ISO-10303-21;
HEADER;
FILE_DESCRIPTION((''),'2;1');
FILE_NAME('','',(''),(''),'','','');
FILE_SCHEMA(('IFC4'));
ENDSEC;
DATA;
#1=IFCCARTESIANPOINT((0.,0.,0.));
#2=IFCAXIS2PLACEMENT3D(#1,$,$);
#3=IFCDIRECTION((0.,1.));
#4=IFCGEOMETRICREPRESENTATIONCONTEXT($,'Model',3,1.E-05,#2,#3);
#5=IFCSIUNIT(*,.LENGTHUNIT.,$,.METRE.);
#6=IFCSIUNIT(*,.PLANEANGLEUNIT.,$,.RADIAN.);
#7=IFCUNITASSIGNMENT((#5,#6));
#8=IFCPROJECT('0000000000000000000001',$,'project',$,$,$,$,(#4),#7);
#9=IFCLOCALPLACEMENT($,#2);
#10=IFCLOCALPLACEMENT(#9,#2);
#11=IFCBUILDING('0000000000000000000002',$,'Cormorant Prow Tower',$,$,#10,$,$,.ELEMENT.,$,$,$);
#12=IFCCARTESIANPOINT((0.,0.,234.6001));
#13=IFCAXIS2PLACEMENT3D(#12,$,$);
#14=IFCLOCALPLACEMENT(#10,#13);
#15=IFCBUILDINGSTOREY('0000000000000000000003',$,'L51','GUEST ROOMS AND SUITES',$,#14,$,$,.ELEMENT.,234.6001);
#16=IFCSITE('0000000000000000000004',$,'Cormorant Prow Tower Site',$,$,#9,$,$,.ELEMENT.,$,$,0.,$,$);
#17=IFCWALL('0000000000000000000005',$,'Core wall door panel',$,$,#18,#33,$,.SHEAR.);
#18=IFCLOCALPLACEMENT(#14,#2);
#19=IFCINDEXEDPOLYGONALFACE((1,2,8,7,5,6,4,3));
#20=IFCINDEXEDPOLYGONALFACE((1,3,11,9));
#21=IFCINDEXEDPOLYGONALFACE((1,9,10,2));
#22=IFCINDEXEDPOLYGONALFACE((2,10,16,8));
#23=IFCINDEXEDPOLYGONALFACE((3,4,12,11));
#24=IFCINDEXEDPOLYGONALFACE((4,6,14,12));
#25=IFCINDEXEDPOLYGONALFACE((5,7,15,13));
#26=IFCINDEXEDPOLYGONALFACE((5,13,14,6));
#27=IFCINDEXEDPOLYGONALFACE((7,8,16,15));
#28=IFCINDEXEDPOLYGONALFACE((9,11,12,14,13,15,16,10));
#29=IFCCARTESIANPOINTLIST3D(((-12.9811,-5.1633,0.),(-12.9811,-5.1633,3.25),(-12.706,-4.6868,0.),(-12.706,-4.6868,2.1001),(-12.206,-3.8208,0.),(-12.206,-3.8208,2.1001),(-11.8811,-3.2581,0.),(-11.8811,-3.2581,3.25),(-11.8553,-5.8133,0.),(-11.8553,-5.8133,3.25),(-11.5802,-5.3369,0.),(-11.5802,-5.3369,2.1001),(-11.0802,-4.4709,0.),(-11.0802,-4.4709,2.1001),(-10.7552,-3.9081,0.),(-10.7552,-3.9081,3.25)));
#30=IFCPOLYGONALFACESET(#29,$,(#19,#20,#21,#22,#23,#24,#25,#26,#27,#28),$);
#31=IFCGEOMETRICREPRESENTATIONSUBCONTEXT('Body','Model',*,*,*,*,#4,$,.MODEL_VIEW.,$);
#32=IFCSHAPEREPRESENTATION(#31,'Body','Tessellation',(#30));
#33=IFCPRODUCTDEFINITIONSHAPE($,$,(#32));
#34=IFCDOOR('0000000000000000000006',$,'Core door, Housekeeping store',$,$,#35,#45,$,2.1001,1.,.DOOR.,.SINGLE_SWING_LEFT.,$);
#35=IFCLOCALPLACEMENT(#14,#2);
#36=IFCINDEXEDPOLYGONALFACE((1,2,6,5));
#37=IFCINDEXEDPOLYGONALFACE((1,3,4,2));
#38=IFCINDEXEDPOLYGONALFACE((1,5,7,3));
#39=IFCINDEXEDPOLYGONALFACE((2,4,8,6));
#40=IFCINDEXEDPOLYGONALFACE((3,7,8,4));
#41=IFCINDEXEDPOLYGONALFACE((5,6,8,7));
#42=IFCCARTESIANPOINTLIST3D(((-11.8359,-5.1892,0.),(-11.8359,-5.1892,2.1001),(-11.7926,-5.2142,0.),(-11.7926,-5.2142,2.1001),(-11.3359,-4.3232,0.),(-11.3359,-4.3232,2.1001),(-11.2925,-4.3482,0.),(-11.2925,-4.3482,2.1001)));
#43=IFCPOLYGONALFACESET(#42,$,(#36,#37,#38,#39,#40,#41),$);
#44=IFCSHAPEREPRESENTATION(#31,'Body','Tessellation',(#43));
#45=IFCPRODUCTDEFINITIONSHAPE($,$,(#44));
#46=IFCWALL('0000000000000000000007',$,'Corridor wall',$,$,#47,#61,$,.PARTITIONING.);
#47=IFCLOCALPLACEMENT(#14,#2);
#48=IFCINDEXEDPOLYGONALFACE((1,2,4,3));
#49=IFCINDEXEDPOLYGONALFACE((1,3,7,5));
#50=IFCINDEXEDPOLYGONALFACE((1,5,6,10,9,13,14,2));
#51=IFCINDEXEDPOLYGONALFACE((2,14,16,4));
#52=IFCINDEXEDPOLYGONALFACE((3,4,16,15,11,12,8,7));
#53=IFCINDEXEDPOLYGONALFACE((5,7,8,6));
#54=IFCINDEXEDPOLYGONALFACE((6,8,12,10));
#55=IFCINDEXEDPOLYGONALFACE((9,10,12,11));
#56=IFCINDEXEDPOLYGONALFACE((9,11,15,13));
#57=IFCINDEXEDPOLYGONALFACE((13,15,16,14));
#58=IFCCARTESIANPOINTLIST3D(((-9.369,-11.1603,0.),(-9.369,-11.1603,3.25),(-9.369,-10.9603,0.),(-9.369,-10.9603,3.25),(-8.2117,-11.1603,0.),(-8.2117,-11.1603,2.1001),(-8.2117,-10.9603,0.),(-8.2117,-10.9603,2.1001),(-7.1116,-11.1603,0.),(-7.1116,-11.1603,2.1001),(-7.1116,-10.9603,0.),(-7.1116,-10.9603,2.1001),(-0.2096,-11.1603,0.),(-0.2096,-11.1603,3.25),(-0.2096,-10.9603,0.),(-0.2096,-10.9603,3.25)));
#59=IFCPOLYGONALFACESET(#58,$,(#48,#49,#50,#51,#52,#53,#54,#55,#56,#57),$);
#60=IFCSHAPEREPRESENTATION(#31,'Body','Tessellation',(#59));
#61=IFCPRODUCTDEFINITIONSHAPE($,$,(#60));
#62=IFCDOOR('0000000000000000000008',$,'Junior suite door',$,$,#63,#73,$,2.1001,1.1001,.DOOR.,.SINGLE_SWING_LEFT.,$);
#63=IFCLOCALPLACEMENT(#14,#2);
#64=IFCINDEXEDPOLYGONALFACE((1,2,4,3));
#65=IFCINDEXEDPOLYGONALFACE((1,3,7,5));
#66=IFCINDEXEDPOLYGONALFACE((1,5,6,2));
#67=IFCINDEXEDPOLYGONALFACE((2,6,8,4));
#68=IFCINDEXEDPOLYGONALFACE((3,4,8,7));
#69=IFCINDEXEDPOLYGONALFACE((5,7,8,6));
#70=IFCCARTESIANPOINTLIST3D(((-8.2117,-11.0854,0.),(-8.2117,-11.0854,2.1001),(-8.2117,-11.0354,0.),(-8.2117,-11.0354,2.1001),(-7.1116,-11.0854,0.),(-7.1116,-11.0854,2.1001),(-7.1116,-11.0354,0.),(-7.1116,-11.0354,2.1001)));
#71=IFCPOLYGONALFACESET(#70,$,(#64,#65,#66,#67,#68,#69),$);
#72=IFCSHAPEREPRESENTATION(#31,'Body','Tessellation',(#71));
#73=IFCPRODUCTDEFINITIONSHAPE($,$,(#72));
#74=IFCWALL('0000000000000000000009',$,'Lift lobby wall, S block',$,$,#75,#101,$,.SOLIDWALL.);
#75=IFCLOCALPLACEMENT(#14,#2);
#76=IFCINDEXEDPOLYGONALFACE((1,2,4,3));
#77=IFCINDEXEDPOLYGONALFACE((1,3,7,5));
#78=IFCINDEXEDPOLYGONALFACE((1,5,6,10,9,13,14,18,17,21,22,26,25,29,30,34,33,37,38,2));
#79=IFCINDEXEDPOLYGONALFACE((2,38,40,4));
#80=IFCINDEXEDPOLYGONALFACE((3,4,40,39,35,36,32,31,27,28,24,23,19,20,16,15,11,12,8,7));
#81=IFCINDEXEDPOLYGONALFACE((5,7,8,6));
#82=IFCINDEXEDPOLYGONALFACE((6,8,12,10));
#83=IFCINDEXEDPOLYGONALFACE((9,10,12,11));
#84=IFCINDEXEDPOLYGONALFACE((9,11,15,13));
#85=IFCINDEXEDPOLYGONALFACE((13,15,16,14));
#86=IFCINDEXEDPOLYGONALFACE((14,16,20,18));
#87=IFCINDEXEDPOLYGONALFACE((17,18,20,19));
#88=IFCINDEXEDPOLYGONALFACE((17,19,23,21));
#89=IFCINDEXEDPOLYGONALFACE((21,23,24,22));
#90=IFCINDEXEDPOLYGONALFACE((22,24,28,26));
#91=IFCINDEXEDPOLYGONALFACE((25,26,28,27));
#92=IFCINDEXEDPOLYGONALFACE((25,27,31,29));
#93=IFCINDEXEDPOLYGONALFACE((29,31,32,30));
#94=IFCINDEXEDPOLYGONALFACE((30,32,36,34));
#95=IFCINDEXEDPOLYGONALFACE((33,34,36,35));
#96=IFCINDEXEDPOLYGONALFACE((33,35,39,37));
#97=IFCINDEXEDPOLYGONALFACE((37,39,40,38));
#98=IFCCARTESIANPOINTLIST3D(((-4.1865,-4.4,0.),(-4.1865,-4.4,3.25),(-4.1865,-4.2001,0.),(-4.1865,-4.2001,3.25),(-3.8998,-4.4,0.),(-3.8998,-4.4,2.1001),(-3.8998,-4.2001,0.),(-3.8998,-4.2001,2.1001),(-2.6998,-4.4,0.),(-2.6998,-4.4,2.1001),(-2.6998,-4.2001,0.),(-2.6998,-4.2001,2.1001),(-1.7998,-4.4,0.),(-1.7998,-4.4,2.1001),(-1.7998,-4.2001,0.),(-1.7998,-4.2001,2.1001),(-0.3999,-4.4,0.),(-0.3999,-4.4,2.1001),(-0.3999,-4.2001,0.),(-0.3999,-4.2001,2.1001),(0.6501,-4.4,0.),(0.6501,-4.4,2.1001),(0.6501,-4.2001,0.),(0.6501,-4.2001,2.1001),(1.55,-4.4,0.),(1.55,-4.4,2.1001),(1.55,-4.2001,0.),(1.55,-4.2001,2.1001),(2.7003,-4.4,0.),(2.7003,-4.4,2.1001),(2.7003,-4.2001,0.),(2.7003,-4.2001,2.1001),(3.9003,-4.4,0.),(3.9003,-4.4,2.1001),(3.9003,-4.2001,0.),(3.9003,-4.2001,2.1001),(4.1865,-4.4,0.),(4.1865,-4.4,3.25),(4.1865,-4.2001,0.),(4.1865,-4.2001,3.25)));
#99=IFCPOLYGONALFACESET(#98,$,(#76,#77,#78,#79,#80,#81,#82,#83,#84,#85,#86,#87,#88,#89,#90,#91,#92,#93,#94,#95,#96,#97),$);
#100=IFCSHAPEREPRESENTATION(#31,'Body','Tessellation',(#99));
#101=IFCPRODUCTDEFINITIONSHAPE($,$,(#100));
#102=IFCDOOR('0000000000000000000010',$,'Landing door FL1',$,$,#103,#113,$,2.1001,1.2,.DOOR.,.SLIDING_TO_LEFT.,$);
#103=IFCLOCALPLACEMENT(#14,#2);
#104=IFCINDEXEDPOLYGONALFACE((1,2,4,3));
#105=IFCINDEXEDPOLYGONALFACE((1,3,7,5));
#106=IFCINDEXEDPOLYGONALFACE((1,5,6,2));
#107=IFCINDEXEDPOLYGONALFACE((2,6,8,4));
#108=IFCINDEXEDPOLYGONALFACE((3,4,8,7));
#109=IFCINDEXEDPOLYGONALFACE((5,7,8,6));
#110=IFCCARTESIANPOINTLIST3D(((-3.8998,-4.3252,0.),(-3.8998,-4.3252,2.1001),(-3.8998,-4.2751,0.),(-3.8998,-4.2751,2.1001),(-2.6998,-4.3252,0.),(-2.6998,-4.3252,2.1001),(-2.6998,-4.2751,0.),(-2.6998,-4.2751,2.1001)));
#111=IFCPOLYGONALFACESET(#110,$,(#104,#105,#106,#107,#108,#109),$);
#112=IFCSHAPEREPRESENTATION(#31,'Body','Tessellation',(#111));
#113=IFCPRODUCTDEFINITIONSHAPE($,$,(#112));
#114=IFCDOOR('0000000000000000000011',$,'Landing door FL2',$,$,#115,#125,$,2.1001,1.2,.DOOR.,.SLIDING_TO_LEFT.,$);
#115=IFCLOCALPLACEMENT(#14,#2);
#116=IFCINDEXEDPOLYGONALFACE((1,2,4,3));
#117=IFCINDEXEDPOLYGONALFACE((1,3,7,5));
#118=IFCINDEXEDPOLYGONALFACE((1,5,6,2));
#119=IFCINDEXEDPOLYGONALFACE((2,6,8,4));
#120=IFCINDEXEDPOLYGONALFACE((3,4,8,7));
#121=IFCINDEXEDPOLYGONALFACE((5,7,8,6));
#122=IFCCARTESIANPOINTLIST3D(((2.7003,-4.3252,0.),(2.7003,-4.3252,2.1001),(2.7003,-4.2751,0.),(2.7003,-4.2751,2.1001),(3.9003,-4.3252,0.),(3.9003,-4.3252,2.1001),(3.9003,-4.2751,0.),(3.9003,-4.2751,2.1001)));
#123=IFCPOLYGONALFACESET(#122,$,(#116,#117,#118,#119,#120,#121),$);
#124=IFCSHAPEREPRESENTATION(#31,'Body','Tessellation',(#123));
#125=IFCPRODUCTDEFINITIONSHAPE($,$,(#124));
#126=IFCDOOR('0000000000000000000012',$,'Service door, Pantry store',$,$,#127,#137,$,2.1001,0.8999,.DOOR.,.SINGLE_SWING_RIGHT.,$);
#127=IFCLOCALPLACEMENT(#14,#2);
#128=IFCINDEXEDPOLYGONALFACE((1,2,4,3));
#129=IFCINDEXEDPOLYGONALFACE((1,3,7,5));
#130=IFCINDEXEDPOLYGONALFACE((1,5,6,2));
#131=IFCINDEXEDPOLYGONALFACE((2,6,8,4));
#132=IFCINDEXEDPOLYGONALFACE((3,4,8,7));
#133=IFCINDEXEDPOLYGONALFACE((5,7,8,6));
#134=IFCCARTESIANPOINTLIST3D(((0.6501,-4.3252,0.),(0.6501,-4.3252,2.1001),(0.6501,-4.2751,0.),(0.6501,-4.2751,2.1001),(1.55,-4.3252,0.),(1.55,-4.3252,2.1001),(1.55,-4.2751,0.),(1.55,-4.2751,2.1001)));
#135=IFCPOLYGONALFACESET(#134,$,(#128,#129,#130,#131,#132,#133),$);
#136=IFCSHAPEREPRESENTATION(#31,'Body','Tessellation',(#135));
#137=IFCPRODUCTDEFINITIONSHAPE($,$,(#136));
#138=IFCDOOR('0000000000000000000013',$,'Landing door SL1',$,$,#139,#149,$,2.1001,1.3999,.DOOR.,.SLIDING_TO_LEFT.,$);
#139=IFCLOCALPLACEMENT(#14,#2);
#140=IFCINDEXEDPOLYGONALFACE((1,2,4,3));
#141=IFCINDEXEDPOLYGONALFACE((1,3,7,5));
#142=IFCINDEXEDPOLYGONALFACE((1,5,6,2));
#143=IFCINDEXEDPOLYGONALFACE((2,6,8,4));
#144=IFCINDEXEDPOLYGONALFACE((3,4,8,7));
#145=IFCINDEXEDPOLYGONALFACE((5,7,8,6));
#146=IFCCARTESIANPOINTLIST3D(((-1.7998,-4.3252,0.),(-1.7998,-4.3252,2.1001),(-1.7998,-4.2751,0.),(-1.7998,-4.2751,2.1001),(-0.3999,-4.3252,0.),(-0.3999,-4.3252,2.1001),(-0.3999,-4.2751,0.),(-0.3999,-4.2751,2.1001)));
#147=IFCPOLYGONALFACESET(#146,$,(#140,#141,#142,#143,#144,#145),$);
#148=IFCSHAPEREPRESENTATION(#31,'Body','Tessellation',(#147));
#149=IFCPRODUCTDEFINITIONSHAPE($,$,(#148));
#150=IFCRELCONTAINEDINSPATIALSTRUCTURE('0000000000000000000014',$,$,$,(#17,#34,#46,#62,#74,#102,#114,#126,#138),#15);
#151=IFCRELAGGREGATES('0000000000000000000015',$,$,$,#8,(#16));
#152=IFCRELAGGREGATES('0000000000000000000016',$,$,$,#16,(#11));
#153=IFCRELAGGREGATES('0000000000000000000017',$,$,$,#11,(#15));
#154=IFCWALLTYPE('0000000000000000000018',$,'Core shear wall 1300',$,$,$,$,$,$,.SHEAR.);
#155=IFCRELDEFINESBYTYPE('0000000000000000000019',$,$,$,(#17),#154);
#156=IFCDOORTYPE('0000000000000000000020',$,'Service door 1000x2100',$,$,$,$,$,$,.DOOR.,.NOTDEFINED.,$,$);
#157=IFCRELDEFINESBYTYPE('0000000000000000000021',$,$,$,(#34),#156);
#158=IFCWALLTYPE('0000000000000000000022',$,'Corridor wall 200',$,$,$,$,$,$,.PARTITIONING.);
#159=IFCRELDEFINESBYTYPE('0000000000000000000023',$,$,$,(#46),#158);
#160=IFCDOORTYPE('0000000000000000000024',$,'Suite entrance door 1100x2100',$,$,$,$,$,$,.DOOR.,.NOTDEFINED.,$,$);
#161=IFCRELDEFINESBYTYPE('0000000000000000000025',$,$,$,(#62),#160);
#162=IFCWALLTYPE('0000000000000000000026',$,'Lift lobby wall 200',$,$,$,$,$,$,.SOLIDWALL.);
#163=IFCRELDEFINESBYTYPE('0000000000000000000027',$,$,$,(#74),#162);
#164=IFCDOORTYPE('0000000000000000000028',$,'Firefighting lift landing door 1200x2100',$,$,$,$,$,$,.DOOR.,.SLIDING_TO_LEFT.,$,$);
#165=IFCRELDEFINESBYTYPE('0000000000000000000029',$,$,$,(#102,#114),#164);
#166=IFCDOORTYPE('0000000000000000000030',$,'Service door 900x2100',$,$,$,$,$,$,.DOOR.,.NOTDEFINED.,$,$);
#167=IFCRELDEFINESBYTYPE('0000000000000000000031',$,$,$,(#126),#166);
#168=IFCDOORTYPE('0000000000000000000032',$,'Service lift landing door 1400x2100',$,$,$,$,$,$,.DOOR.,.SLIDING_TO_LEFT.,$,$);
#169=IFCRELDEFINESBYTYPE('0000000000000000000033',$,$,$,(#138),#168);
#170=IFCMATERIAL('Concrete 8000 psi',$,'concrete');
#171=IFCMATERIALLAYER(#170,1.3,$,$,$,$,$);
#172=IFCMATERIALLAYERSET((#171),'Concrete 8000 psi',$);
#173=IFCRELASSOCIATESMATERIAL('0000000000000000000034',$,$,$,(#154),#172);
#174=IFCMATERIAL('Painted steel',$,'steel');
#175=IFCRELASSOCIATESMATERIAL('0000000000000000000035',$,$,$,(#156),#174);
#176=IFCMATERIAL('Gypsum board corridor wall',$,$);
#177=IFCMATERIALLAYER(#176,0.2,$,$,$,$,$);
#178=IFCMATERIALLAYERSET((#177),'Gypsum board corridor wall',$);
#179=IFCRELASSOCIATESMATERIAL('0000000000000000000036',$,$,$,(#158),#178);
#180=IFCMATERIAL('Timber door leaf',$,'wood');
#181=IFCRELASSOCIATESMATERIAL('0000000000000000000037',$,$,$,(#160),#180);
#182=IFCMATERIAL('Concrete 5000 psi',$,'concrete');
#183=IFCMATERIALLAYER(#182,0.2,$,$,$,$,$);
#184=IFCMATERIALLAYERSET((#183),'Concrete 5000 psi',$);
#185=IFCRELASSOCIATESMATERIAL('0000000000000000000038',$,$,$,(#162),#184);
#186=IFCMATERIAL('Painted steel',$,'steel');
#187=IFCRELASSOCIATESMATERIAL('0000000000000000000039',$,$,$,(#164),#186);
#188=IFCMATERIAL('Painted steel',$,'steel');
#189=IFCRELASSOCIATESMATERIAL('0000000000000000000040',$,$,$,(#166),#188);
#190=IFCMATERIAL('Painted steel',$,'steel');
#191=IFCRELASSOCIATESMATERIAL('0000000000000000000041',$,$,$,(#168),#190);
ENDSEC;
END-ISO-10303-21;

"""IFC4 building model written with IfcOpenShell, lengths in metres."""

from ifc_helpers import new_model, si_unit, direction, frame, frame_2d, origin, place, context, subcontext, project, spatial, rectangle, extrude, material, layer, layer_set, type_object, element, fill, save


model = new_model("IFC4")

# Units and contexts
model_context = context("Model", 3, precision=1e-05, world=origin(), true_north=direction((0.0, 1.0)))
body_context = subcontext(model_context, "Body", "Model", "MODEL_VIEW")
ifc_project = project(units=[si_unit("LENGTHUNIT", "METRE"), si_unit("PLANEANGLEUNIT", "RADIAN")], contexts=[model_context])

# Site, building, storey
site_placement = place(None, origin())
site = spatial("IfcSite", under=ifc_project, at=site_placement, Name="Cormorant Prow Tower Site", CompositionType="ELEMENT", RefElevation=0.0)
building_placement = place(site_placement, origin())
building = spatial("IfcBuilding", under=site, at=building_placement, Name="Cormorant Prow Tower", CompositionType="ELEMENT")
storey_placement = place(building_placement, frame((0.0, 0.0, 234.6001)))
storey = spatial("IfcBuildingStorey", under=building, at=storey_placement, Name="L51", Description="GUEST ROOMS AND SUITES", CompositionType="ELEMENT", Elevation=234.6001)

# Shared definitions
ifc_material_1 = material(Name="Concrete 8000 psi", Category="concrete")
ifc_layer_1 = layer(ifc_material_1, 1.3)
ifc_layer_set_1 = layer_set([ifc_layer_1], Name="Concrete 8000 psi")
wall_type_1 = type_object("IfcWallType", Name="Core shear wall 1300", PredefinedType="SHEAR", material=ifc_layer_set_1)

# Walls, openings, doors
wall_1_placement = place(storey_placement, frame((-11.3181, -3.583, 0.0), z_axis=(0.0, 0.0, 1.0), x_axis=(-0.50003, -0.866008, 0.0)))
wall_1 = element("IfcWall", 1, at=wall_1_placement, inside=storey, type_object=wall_type_1, Name="Core wall door panel", PredefinedType="SHEAR", context=body_context, shape_type="SweptSolid", body=[
    extrude(rectangle(XDim=2.2, YDim=1.3, at=frame_2d((1.1001, 0.0))), origin(), (0.0, 0.0, 1.0), 3.25),
])
opening_1_placement = place(wall_1_placement, frame((0.6499, 0.0, 0.0)))
opening_1 = element("IfcOpeningElement", 2, at=opening_1_placement, cuts=wall_1, PredefinedType="OPENING", context=body_context, shape_type="SweptSolid", body=[
    extrude(rectangle(XDim=1.0, YDim=2.1001, at=frame_2d((0.5, 1.05))), frame((0.0, 0.6599, 0.0), z_axis=(0.0, -1.0, 0.0), x_axis=(1.0, 0.0, 0.0)), (0.0, 0.0, 1.0), 1.3201),
])
ifc_material_2 = material(Name="Painted steel", Category="steel")
door_type_1 = type_object("IfcDoorType", Name="Service door 1000x2100", OperationType="NOTDEFINED", PredefinedType="DOOR", material=ifc_material_2)
door_1_placement = place(opening_1_placement, origin())
door_1 = element("IfcDoor", 3, at=door_1_placement, inside=storey, type_object=door_type_1, Name="Core door, Housekeeping store", OperationType="SINGLE_SWING_LEFT", OverallHeight=2.1001, OverallWidth=1.0, PredefinedType="DOOR", context=body_context, shape_type="SweptSolid", body=[
    extrude(rectangle(XDim=1.0, YDim=2.1001, at=frame_2d((0.5, 1.05))), frame((0.0, 0.4048, 0.0), z_axis=(0.0, -1.0, 0.0), x_axis=(1.0, 0.0, 0.0)), (0.0, 0.0, 1.0), 0.05),
])
fill(opening_1, door_1)
ifc_material_3 = material(Name="Gypsum board corridor wall")
ifc_layer_2 = layer(ifc_material_3, 0.2)
ifc_layer_set_2 = layer_set([ifc_layer_2], Name="Gypsum board corridor wall")
wall_type_2 = type_object("IfcWallType", Name="Corridor wall 200", PredefinedType="PARTITIONING", material=ifc_layer_set_2)
wall_2_placement = place(storey_placement, frame((-9.3689, -11.0603, 0.0), z_axis=(0.0, 0.0, 1.0), x_axis=(1.0, 0.0, 0.0)))
wall_2 = element("IfcWall", 4, at=wall_2_placement, inside=storey, type_object=wall_type_2, Name="Corridor wall", PredefinedType="PARTITIONING", context=body_context, shape_type="SweptSolid", body=[
    extrude(rectangle(XDim=9.1594, YDim=0.2, at=frame_2d((4.5796, 0.0))), origin(), (0.0, 0.0, 1.0), 3.25),
])
opening_2_placement = place(wall_2_placement, frame((1.1572, 0.0, 0.0)))
opening_2 = element("IfcOpeningElement", 5, at=opening_2_placement, cuts=wall_2, PredefinedType="OPENING", context=body_context, shape_type="SweptSolid", body=[
    extrude(rectangle(XDim=1.1001, YDim=2.1001, at=frame_2d((0.55, 1.05))), frame((0.0, 0.1099, 0.0), z_axis=(0.0, -1.0, 0.0), x_axis=(1.0, 0.0, 0.0)), (0.0, 0.0, 1.0), 0.22),
])
ifc_material_4 = material(Name="Timber door leaf", Category="wood")
door_type_2 = type_object("IfcDoorType", Name="Suite entrance door 1100x2100", OperationType="NOTDEFINED", PredefinedType="DOOR", material=ifc_material_4)
door_2_placement = place(opening_2_placement, origin())
door_2 = element("IfcDoor", 6, at=door_2_placement, inside=storey, type_object=door_type_2, Name="Junior suite door", OperationType="SINGLE_SWING_LEFT", OverallHeight=2.1001, OverallWidth=1.1001, PredefinedType="DOOR", context=body_context, shape_type="SweptSolid", body=[
    extrude(rectangle(XDim=1.1001, YDim=2.1001, at=frame_2d((0.55, 1.05))), frame((0.0, 0.0249, 0.0), z_axis=(0.0, -1.0, 0.0), x_axis=(1.0, 0.0, 0.0)), (0.0, 0.0, 1.0), 0.05),
])
fill(opening_2, door_2)

# Wall, openings, doors
ifc_material_5 = material(Name="Concrete 5000 psi", Category="concrete")
ifc_layer_3 = layer(ifc_material_5, 0.2)
ifc_layer_set_3 = layer_set([ifc_layer_3], Name="Concrete 5000 psi")
wall_type_3 = type_object("IfcWallType", Name="Lift lobby wall 200", PredefinedType="SOLIDWALL", material=ifc_layer_set_3)
wall_3_placement = place(storey_placement, frame((-4.1865, -4.3, 0.0), z_axis=(0.0, 0.0, 1.0), x_axis=(1.0, 0.0, 0.0)))
wall_3 = element("IfcWall", 7, at=wall_3_placement, inside=storey, type_object=wall_type_3, Name="Lift lobby wall, S block", PredefinedType="SOLIDWALL", context=body_context, shape_type="SweptSolid", body=[
    extrude(rectangle(XDim=8.373, YDim=0.2, at=frame_2d((4.1865, 0.0))), origin(), (0.0, 0.0, 1.0), 3.25),
])
opening_3_placement = place(wall_3_placement, frame((0.2866, 0.0, 0.0)))
opening_3 = element("IfcOpeningElement", 8, at=opening_3_placement, cuts=wall_3, PredefinedType="OPENING", context=body_context, shape_type="SweptSolid", body=[
    extrude(rectangle(XDim=1.2, YDim=2.1001, at=frame_2d((0.6001, 1.05))), frame((0.0, 0.1099, 0.0), z_axis=(0.0, -1.0, 0.0), x_axis=(1.0, 0.0, 0.0)), (0.0, 0.0, 1.0), 0.22),
])
opening_4_placement = place(wall_3_placement, frame((2.3867, 0.0, 0.0)))
opening_4 = element("IfcOpeningElement", 9, at=opening_4_placement, cuts=wall_3, PredefinedType="OPENING", context=body_context, shape_type="SweptSolid", body=[
    extrude(rectangle(XDim=1.3999, YDim=2.1001, at=frame_2d((0.7, 1.05))), frame((0.0, 0.1099, 0.0), z_axis=(0.0, -1.0, 0.0), x_axis=(1.0, 0.0, 0.0)), (0.0, 0.0, 1.0), 0.22),
])
opening_5_placement = place(wall_3_placement, frame((4.8367, 0.0, 0.0)))
opening_5 = element("IfcOpeningElement", 10, at=opening_5_placement, cuts=wall_3, PredefinedType="OPENING", context=body_context, shape_type="SweptSolid", body=[
    extrude(rectangle(XDim=0.8999, YDim=2.1001, at=frame_2d((0.45, 1.05))), frame((0.0, 0.1099, 0.0), z_axis=(0.0, -1.0, 0.0), x_axis=(1.0, 0.0, 0.0)), (0.0, 0.0, 1.0), 0.22),
])
opening_6_placement = place(wall_3_placement, frame((6.8867, 0.0, 0.0)))
opening_6 = element("IfcOpeningElement", 11, at=opening_6_placement, cuts=wall_3, PredefinedType="OPENING", context=body_context, shape_type="SweptSolid", body=[
    extrude(rectangle(XDim=1.2, YDim=2.1001, at=frame_2d((0.6001, 1.05))), frame((0.0, 0.1099, 0.0), z_axis=(0.0, -1.0, 0.0), x_axis=(1.0, 0.0, 0.0)), (0.0, 0.0, 1.0), 0.22),
])
ifc_material_6 = material(Name="Painted steel", Category="steel")
door_type_3 = type_object("IfcDoorType", Name="Firefighting lift landing door 1200x2100", OperationType="SLIDING_TO_LEFT", PredefinedType="DOOR", material=ifc_material_6)
door_3_placement = place(opening_3_placement, origin())
door_3 = element("IfcDoor", 12, at=door_3_placement, inside=storey, type_object=door_type_3, Name="Landing door FL1", OperationType="SLIDING_TO_LEFT", OverallHeight=2.1001, OverallWidth=1.2, PredefinedType="DOOR", context=body_context, shape_type="SweptSolid", body=[
    extrude(rectangle(XDim=1.2, YDim=2.1001, at=frame_2d((0.6001, 1.05))), frame((0.0, 0.0249, 0.0), z_axis=(0.0, -1.0, 0.0), x_axis=(1.0, 0.0, 0.0)), (0.0, 0.0, 1.0), 0.05),
])
fill(opening_3, door_3)
door_4_placement = place(opening_6_placement, origin())
door_4 = element("IfcDoor", 13, at=door_4_placement, inside=storey, type_object=door_type_3, Name="Landing door FL2", OperationType="SLIDING_TO_LEFT", OverallHeight=2.1001, OverallWidth=1.2, PredefinedType="DOOR", context=body_context, shape_type="SweptSolid", body=[
    extrude(rectangle(XDim=1.2, YDim=2.1001, at=frame_2d((0.6001, 1.05))), frame((0.0, 0.0249, 0.0), z_axis=(0.0, -1.0, 0.0), x_axis=(1.0, 0.0, 0.0)), (0.0, 0.0, 1.0), 0.05),
])
fill(opening_6, door_4)
ifc_material_7 = material(Name="Painted steel", Category="steel")
door_type_4 = type_object("IfcDoorType", Name="Service door 900x2100", OperationType="NOTDEFINED", PredefinedType="DOOR", material=ifc_material_7)
door_5_placement = place(opening_5_placement, origin())
door_5 = element("IfcDoor", 14, at=door_5_placement, inside=storey, type_object=door_type_4, Name="Service door, Pantry store", OperationType="SINGLE_SWING_RIGHT", OverallHeight=2.1001, OverallWidth=0.8999, PredefinedType="DOOR", context=body_context, shape_type="SweptSolid", body=[
    extrude(rectangle(XDim=0.8999, YDim=2.1001, at=frame_2d((0.45, 1.05))), frame((0.0, 0.0249, 0.0), z_axis=(0.0, -1.0, 0.0), x_axis=(1.0, 0.0, 0.0)), (0.0, 0.0, 1.0), 0.05),
])
fill(opening_5, door_5)
ifc_material_8 = material(Name="Painted steel", Category="steel")
door_type_5 = type_object("IfcDoorType", Name="Service lift landing door 1400x2100", OperationType="SLIDING_TO_LEFT", PredefinedType="DOOR", material=ifc_material_8)
door_6_placement = place(opening_4_placement, origin())
door_6 = element("IfcDoor", 15, at=door_6_placement, inside=storey, type_object=door_type_5, Name="Landing door SL1", OperationType="SLIDING_TO_LEFT", OverallHeight=2.1001, OverallWidth=1.3999, PredefinedType="DOOR", context=body_context, shape_type="SweptSolid", body=[
    extrude(rectangle(XDim=1.3999, YDim=2.1001, at=frame_2d((0.7, 1.05))), frame((0.0, 0.0249, 0.0), z_axis=(0.0, -1.0, 0.0), x_axis=(1.0, 0.0, 0.0)), (0.0, 0.0, 1.0), 0.05),
])
fill(opening_4, door_6)

save(model, "model.ifc")
